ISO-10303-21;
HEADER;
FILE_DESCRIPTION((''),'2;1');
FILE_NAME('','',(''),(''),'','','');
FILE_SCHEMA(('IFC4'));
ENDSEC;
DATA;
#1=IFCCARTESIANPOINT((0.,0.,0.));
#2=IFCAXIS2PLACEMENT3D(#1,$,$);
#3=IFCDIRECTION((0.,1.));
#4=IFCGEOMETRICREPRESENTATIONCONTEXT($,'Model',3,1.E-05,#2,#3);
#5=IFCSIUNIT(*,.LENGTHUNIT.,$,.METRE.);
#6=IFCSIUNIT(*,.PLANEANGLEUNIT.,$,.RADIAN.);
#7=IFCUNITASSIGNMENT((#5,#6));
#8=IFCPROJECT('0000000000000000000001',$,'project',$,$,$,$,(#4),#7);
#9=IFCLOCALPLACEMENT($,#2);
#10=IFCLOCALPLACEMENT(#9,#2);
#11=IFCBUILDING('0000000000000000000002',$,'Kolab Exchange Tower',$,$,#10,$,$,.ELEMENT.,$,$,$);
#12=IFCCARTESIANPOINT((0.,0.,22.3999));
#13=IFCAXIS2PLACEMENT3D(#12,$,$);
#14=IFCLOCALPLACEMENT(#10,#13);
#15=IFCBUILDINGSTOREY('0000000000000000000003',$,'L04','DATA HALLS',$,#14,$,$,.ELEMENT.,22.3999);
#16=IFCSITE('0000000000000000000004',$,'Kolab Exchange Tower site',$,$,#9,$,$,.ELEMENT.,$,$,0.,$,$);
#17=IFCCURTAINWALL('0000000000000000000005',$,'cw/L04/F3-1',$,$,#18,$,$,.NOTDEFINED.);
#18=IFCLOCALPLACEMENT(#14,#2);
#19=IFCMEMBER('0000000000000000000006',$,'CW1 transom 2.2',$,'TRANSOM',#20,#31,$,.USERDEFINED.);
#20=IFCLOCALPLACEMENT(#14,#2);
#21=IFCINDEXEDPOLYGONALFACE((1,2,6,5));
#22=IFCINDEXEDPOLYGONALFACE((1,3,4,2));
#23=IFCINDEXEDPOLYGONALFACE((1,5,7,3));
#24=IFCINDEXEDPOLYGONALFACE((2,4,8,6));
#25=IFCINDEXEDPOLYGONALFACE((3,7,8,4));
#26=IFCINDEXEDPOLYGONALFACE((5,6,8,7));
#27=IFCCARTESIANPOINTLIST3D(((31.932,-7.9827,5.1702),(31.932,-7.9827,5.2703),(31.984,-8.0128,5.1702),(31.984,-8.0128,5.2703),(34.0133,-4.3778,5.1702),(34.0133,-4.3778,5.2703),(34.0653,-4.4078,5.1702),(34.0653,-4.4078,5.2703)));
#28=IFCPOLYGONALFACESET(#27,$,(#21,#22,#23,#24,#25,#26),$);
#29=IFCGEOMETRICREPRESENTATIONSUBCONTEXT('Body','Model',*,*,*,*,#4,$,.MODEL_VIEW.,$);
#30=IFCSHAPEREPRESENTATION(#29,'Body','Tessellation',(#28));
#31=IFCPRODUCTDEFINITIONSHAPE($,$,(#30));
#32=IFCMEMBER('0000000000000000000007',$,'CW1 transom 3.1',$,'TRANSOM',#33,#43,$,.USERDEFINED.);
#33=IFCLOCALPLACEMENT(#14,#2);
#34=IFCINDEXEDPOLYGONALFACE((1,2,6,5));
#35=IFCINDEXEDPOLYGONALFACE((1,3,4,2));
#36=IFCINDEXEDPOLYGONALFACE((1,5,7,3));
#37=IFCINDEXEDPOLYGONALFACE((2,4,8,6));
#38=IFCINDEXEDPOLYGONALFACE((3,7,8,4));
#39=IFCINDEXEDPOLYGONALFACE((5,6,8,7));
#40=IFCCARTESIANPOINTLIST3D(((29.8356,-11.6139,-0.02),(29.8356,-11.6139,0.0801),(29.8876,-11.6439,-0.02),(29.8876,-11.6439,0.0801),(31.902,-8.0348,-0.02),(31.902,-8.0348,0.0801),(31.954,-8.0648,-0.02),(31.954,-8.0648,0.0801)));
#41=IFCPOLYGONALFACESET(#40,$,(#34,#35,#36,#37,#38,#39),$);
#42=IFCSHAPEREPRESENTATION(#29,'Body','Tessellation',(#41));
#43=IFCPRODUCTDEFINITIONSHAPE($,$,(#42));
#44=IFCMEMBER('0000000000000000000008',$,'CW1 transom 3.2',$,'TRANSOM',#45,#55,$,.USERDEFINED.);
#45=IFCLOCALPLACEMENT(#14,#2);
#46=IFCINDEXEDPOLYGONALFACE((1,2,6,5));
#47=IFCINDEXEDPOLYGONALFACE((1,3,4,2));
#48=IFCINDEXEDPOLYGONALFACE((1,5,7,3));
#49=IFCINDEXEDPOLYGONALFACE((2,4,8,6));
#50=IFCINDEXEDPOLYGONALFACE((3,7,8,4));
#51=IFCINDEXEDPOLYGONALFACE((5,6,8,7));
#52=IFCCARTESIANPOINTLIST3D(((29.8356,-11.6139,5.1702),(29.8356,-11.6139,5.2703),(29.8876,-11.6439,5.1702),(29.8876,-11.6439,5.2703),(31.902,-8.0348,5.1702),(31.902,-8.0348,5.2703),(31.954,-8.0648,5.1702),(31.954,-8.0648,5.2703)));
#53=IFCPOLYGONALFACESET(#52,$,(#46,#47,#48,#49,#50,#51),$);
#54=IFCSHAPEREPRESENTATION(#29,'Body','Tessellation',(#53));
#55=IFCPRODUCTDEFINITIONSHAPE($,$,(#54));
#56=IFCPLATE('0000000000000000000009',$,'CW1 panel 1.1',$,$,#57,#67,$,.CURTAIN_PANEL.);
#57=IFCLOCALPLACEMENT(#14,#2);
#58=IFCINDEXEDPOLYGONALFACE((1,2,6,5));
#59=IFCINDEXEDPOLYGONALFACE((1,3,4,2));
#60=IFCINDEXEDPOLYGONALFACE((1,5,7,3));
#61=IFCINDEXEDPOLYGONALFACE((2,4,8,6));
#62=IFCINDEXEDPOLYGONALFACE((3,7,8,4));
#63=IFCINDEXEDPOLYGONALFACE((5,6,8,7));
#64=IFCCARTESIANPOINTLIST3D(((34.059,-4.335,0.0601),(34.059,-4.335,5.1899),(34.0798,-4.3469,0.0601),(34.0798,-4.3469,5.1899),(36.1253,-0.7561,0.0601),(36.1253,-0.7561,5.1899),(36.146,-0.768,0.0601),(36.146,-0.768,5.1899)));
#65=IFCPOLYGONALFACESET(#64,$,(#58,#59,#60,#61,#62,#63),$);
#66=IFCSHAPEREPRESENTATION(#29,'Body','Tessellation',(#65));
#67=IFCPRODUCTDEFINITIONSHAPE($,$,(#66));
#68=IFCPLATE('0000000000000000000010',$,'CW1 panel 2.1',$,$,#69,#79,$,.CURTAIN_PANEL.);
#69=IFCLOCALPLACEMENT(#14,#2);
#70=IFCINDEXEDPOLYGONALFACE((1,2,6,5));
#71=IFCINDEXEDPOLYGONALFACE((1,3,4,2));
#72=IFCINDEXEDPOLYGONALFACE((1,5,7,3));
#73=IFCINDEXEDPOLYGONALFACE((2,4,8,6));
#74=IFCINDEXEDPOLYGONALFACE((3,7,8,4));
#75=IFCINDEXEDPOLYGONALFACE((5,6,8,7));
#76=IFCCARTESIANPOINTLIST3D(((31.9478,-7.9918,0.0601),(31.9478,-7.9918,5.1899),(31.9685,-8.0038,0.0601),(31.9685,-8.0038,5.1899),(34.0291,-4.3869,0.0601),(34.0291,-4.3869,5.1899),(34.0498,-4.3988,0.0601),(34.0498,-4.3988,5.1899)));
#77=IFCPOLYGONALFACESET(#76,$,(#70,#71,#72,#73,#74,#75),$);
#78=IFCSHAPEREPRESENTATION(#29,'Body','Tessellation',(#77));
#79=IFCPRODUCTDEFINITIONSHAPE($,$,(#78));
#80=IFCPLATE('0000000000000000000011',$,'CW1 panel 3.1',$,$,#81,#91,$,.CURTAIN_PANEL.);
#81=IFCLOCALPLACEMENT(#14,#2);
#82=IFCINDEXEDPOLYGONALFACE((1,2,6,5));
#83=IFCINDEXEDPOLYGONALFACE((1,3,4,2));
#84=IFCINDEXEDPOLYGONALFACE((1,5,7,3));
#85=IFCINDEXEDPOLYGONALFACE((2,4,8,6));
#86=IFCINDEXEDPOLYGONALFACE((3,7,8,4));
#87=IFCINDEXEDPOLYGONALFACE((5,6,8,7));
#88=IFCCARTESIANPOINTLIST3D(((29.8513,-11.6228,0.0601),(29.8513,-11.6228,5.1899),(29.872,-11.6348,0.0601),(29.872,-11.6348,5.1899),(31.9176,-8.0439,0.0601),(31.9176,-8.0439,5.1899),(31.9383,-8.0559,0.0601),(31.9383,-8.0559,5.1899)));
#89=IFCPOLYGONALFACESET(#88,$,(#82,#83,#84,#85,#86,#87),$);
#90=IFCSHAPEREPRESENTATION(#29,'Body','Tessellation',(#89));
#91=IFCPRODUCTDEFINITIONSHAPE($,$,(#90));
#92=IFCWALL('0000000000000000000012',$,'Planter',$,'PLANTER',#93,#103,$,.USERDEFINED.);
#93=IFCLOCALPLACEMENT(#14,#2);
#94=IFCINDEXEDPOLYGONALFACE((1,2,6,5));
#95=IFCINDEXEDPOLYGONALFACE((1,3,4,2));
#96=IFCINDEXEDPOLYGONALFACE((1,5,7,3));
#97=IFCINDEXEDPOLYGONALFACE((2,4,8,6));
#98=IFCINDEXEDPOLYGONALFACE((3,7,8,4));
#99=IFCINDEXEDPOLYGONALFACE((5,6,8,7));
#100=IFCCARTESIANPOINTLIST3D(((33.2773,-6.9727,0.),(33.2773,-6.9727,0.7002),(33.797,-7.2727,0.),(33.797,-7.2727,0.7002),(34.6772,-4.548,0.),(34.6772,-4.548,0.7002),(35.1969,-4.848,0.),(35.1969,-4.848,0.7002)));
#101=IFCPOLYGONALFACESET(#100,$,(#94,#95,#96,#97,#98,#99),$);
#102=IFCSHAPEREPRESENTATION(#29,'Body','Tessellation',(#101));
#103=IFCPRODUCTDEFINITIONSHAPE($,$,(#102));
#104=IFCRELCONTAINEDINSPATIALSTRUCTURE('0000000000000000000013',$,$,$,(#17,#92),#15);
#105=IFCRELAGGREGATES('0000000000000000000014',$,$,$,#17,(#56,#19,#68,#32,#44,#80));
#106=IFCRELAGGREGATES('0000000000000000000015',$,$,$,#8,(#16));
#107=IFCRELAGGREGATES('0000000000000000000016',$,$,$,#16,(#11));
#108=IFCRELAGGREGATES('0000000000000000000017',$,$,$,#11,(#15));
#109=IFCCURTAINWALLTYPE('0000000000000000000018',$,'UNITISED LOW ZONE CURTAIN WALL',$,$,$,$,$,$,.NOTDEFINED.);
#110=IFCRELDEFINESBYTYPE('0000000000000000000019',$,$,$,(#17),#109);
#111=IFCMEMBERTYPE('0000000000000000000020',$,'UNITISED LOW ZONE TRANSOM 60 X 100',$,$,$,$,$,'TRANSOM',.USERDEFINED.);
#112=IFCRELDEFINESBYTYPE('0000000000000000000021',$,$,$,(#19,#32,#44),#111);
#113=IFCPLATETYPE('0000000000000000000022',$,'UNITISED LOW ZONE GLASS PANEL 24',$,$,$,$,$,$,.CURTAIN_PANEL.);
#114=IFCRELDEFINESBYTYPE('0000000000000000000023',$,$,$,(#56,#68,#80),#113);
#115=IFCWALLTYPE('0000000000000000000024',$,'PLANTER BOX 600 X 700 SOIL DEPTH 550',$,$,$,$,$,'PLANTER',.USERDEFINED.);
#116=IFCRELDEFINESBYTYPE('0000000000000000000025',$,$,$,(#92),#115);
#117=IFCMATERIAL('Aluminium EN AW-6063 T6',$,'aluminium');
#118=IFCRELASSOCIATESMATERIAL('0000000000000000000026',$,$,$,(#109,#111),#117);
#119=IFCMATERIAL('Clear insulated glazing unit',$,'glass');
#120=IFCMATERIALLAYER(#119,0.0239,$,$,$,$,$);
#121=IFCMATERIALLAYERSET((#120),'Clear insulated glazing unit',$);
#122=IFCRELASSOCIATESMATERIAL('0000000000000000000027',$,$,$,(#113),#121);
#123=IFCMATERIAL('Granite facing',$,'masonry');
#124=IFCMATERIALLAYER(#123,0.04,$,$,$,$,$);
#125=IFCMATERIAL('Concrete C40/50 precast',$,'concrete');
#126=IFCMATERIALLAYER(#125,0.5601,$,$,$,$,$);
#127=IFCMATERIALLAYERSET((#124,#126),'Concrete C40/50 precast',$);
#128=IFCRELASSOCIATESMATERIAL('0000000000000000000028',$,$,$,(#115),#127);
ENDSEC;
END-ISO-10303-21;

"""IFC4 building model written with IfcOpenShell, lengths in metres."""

from ifc_helpers import new_model, si_unit, direction, frame, frame_2d, origin, origin_2d, place, context, subcontext, project, spatial, rectangle, extrude, material, layer, layer_set, material_profile, profile_set, type_object, element, aggregate, save


model = new_model("IFC4")

# Units and contexts
model_context = context("Model", 3, precision=1e-05, world=origin(), true_north=direction((0.0, 1.0)))
body_context = subcontext(model_context, "Body", "Model", "MODEL_VIEW")
ifc_project = project(units=[si_unit("LENGTHUNIT", "METRE"), si_unit("PLANEANGLEUNIT", "RADIAN")], contexts=[model_context])

# Site, building, storey
site_placement = place(None, origin())
site = spatial("IfcSite", under=ifc_project, at=site_placement, Name="Kolab Exchange Tower site", CompositionType="ELEMENT", RefElevation=0.0)
building_placement = place(site_placement, origin())
building = spatial("IfcBuilding", under=site, at=building_placement, Name="Kolab Exchange Tower", CompositionType="ELEMENT")
storey_placement = place(building_placement, frame((0.0, 0.0, 22.3999)))
storey = spatial("IfcBuildingStorey", under=building, at=storey_placement, Name="L04", Description="DATA HALLS", CompositionType="ELEMENT", Elevation=22.3999)

# Curtain wall
ifc_material_1 = material(Name="Aluminium EN AW-6063 T6", Category="aluminium")
curtain_wall_type = type_object("IfcCurtainWallType", Name="UNITISED LOW ZONE CURTAIN WALL", PredefinedType="NOTDEFINED", material=ifc_material_1)
curtain_wall_1_placement = place(storey_placement, origin())
curtain_wall_1 = element("IfcCurtainWall", 1, at=curtain_wall_1_placement, inside=storey, type_object=curtain_wall_type, Name="cw/L04/F3-1", PredefinedType="NOTDEFINED")

# Members
ifc_material_profile_1 = material_profile(ifc_material_1, rectangle(XDim=0.0601, YDim=0.1001, at=origin_2d()), Name="RECT 60X100")
ifc_profile_set_1 = profile_set([ifc_material_profile_1], Name="Aluminium EN AW-6063 T6")
member_type_1 = type_object("IfcMemberType", Name="UNITISED LOW ZONE TRANSOM 60 X 100", ElementType="TRANSOM", PredefinedType="USERDEFINED", material=ifc_profile_set_1)
member_1_placement = place(storey_placement, frame((34.0393, -4.3928, 5.2202), z_axis=(-0.499993, -0.866029, 0.0), x_axis=(0.866029, -0.499993, 0.0)))
member_1 = element("IfcMember", 2, at=member_1_placement, type_object=member_type_1, Name="CW1 transom 2.2", ObjectType="TRANSOM", PredefinedType="USERDEFINED", context=body_context, shape_type="SweptSolid", body=[
    extrude(rectangle(XDim=0.0601, YDim=0.1001, at=origin_2d()), origin(), (0.0, 0.0, 1.0), 4.1626),
])
member_2_placement = place(storey_placement, frame((31.928, -8.0498, 0.03), z_axis=(-0.500002, -0.866024, 0.0), x_axis=(0.866024, -0.500002, 0.0)))
member_2 = element("IfcMember", 3, at=member_2_placement, type_object=member_type_1, Name="CW1 transom 3.1", ObjectType="TRANSOM", PredefinedType="USERDEFINED", context=body_context, shape_type="SweptSolid", body=[
    extrude(rectangle(XDim=0.0601, YDim=0.1001, at=origin_2d()), origin(), (0.0, 0.0, 1.0), 4.1328),
])
member_3_placement = place(storey_placement, frame((31.928, -8.0498, 5.2202), z_axis=(-0.500002, -0.866024, 0.0), x_axis=(0.866024, -0.500002, 0.0)))
member_3 = element("IfcMember", 4, at=member_3_placement, type_object=member_type_1, Name="CW1 transom 3.2", ObjectType="TRANSOM", PredefinedType="USERDEFINED", context=body_context, shape_type="SweptSolid", body=[
    extrude(rectangle(XDim=0.0601, YDim=0.1001, at=origin_2d()), origin(), (0.0, 0.0, 1.0), 4.1328),
])

# Plates
ifc_material_2 = material(Name="Clear insulated glazing unit", Category="glass")
ifc_layer_1 = layer(ifc_material_2, 0.0239)
ifc_layer_set_1 = layer_set([ifc_layer_1], Name="Clear insulated glazing unit")
plate_type = type_object("IfcPlateType", Name="UNITISED LOW ZONE GLASS PANEL 24", PredefinedType="CURTAIN_PANEL", material=ifc_layer_set_1)
plate_1_placement = place(storey_placement, frame((35.1025, -2.5515, 0.0601), z_axis=(0.0, 0.0, 1.0), x_axis=(-0.5, -0.866025, 0.0)))
plate_1 = element("IfcPlate", 5, at=plate_1_placement, type_object=plate_type, Name="CW1 panel 1.1", PredefinedType="CURTAIN_PANEL", context=body_context, shape_type="SweptSolid", body=[
    extrude(rectangle(XDim=4.1326, YDim=0.0239, at=origin_2d()), origin(), (0.0, 0.0, 1.0), 5.1299),
])
plate_2_placement = place(storey_placement, frame((32.9988, -6.1953, 0.0601), z_axis=(0.0, 0.0, 1.0), x_axis=(-0.5, -0.866025, 0.0)))
plate_2 = element("IfcPlate", 6, at=plate_2_placement, type_object=plate_type, Name="CW1 panel 2.1", PredefinedType="CURTAIN_PANEL", context=body_context, shape_type="SweptSolid", body=[
    extrude(rectangle(XDim=4.1626, YDim=0.0239, at=origin_2d()), origin(), (0.0, 0.0, 1.0), 5.1299),
])
plate_3_placement = place(storey_placement, frame((30.8948, -9.8394, 0.0601), z_axis=(0.0, 0.0, 1.0), x_axis=(-0.5, -0.866025, 0.0)))
plate_3 = element("IfcPlate", 7, at=plate_3_placement, type_object=plate_type, Name="CW1 panel 3.1", PredefinedType="CURTAIN_PANEL", context=body_context, shape_type="SweptSolid", body=[
    extrude(rectangle(XDim=4.1326, YDim=0.0239, at=origin_2d()), origin(), (0.0, 0.0, 1.0), 5.1299),
])
aggregate(curtain_wall_1, [plate_1, member_1, plate_2, member_2, member_3, plate_3])

# Wall
ifc_material_3 = material(Name="Granite facing", Category="masonry")
ifc_layer_2 = layer(ifc_material_3, 0.04)
ifc_material_4 = material(Name="Concrete C40/50 precast", Category="concrete")
ifc_layer_3 = layer(ifc_material_4, 0.5601)
ifc_layer_set_2 = layer_set([ifc_layer_2, ifc_layer_3], Name="Concrete C40/50 precast")
wall_type = type_object("IfcWallType", Name="PLANTER BOX 600 X 700 SOIL DEPTH 550", ElementType="PLANTER", PredefinedType="USERDEFINED", material=ifc_layer_set_2)
wall_placement = place(storey_placement, frame((34.937, -4.698, 0.0), z_axis=(0.0, 0.0, 1.0), x_axis=(-0.499984, -0.866035, 0.0)))
element("IfcWall", 8, at=wall_placement, inside=storey, type_object=wall_type, Name="Planter", ObjectType="PLANTER", PredefinedType="USERDEFINED", context=body_context, shape_type="SweptSolid", body=[
    extrude(rectangle(XDim=2.7998, YDim=0.6001, at=frame_2d((1.3999, 0.0))), origin(), (0.0, 0.0, 1.0), 0.7002),
])

save(model, "model.ifc")
